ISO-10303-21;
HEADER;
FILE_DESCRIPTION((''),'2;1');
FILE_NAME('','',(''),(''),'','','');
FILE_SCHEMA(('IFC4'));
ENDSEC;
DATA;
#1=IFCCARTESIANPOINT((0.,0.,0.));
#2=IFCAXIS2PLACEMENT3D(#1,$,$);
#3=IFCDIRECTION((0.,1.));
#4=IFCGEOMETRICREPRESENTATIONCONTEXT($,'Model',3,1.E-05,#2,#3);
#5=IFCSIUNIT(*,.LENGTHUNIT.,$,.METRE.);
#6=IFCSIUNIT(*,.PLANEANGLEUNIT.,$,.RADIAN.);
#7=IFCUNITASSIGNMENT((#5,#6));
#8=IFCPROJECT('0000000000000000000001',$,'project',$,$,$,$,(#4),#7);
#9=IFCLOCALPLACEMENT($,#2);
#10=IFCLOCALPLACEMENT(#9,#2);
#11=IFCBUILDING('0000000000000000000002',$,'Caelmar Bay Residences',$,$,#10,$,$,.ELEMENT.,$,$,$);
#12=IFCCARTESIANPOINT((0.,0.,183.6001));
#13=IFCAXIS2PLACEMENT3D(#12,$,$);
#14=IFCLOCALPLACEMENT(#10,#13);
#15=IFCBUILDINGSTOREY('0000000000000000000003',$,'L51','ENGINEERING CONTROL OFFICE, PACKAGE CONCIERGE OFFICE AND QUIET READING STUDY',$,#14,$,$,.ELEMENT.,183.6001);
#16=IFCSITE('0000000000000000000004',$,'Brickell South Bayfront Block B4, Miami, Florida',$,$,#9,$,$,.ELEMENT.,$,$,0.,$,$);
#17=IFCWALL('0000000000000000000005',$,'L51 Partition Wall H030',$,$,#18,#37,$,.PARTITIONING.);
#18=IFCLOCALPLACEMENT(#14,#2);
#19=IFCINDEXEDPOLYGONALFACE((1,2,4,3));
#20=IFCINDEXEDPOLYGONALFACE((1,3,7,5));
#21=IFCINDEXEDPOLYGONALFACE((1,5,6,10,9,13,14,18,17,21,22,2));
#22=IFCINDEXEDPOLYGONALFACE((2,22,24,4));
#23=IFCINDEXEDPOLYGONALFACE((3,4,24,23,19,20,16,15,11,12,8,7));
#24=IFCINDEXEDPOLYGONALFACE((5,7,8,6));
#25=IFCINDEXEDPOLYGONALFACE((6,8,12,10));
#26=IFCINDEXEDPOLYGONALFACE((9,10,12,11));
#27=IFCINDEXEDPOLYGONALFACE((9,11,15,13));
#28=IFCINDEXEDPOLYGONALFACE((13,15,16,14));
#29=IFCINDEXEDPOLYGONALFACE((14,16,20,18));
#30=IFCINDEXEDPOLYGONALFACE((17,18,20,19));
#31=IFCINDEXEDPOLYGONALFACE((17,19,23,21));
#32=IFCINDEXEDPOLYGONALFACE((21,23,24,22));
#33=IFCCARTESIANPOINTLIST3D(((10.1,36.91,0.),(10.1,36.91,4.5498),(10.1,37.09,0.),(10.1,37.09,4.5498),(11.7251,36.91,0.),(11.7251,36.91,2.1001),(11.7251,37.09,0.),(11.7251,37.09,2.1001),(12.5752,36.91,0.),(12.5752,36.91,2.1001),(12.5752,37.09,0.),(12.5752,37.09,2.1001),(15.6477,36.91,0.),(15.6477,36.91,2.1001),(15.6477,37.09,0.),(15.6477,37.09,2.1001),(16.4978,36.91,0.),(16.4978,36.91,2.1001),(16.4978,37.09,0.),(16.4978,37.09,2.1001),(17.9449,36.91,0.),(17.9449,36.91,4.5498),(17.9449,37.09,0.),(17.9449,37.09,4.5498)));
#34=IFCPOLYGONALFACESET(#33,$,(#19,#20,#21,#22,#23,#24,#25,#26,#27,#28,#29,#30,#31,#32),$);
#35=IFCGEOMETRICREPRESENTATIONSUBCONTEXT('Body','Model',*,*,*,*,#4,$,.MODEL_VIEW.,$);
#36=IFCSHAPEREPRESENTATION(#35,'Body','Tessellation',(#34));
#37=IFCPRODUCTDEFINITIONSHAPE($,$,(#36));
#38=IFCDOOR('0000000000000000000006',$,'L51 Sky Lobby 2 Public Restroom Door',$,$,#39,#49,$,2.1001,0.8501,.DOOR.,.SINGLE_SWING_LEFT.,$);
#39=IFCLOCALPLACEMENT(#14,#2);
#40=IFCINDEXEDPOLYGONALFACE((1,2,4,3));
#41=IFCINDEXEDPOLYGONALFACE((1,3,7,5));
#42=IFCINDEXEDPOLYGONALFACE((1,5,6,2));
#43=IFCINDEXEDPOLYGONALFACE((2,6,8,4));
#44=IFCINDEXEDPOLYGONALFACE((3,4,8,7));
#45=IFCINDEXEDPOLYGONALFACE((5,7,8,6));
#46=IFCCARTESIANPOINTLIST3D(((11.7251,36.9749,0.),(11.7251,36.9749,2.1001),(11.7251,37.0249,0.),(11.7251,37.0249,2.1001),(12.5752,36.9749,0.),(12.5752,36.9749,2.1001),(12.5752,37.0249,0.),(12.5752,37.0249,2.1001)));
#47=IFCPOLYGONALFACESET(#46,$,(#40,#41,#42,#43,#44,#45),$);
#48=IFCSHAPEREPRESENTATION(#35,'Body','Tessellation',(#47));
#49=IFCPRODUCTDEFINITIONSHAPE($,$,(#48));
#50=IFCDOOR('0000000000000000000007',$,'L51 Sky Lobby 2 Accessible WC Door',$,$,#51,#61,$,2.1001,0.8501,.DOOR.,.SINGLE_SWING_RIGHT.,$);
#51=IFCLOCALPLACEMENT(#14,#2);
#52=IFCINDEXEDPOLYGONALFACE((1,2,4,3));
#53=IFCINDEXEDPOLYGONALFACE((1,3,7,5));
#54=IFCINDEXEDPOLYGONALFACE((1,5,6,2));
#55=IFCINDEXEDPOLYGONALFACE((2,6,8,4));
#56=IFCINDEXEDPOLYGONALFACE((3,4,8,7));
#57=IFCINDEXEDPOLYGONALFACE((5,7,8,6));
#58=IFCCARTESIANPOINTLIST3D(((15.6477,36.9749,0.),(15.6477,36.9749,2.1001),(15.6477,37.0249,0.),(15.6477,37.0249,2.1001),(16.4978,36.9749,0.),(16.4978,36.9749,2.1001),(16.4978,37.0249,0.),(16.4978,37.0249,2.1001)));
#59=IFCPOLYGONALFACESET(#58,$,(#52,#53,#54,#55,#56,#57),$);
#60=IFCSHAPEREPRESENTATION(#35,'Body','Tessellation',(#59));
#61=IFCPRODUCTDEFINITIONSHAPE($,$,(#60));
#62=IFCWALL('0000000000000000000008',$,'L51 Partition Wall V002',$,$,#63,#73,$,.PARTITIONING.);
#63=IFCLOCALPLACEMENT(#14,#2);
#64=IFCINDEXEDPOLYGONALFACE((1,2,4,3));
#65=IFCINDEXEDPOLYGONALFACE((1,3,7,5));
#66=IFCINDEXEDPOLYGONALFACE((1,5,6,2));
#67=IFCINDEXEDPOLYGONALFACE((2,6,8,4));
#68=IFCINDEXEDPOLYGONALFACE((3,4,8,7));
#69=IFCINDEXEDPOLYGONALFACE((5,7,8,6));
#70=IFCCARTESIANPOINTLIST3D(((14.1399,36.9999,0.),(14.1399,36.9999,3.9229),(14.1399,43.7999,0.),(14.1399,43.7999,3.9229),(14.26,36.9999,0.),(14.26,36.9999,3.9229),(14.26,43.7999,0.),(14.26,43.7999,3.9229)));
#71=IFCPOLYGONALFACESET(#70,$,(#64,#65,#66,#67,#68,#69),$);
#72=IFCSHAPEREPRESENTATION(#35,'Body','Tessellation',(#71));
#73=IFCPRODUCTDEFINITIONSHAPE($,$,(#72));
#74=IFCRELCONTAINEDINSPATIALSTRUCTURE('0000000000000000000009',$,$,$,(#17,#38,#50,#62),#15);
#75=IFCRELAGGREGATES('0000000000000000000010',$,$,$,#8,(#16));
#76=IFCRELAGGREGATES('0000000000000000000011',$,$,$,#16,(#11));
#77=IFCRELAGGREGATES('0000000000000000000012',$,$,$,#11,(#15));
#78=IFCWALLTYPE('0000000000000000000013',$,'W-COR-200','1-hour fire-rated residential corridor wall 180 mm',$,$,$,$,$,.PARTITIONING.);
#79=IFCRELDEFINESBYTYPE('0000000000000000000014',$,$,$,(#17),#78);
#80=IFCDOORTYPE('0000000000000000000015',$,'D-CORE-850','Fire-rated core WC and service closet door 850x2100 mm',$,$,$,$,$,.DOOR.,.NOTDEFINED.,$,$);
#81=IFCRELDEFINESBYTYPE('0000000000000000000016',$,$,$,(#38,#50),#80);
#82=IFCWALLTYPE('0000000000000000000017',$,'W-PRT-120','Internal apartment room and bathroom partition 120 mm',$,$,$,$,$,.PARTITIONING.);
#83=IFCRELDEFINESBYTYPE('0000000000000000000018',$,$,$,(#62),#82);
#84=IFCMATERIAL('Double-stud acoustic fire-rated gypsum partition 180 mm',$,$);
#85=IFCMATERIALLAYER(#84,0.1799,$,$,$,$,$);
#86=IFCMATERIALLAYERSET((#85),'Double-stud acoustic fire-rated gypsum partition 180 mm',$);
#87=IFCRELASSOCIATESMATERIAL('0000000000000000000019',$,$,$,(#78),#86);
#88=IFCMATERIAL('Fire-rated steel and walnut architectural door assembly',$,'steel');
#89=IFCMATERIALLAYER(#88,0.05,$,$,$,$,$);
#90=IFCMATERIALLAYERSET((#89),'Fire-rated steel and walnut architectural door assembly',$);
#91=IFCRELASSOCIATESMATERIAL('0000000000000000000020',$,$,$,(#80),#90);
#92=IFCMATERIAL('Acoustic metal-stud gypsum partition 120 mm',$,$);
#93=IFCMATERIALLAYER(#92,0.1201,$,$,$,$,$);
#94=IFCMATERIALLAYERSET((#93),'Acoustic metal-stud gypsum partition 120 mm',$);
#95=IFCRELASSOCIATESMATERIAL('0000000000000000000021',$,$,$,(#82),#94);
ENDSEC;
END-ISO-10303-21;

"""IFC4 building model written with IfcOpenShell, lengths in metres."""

from ifc_helpers import new_model, si_unit, direction, frame, frame_2d, origin, place, context, subcontext, project, spatial, rectangle, extrude, material, layer, layer_set, type_object, element, fill, save


model = new_model("IFC4")

# Units and contexts
model_context = context("Model", 3, precision=1e-05, world=origin(), true_north=direction((0.0, 1.0)))
body_context = subcontext(model_context, "Body", "Model", "MODEL_VIEW")
ifc_project = project(units=[si_unit("LENGTHUNIT", "METRE"), si_unit("PLANEANGLEUNIT", "RADIAN")], contexts=[model_context])

# Site, building, storey
site_placement = place(None, origin())
site = spatial("IfcSite", under=ifc_project, at=site_placement, Name="Brickell South Bayfront Block B4, Miami, Florida", CompositionType="ELEMENT", RefElevation=0.0)
building_placement = place(site_placement, origin())
building = spatial("IfcBuilding", under=site, at=building_placement, Name="Caelmar Bay Residences", CompositionType="ELEMENT")
storey_placement = place(building_placement, frame((0.0, 0.0, 183.6001)))
storey = spatial("IfcBuildingStorey", under=building, at=storey_placement, Name="L51", Description="ENGINEERING CONTROL OFFICE, PACKAGE CONCIERGE OFFICE AND QUIET READING STUDY", CompositionType="ELEMENT", Elevation=183.6001)

# Shared definitions
ifc_material_1 = material(Name="Fire-rated steel and walnut architectural door assembly", Category="steel")

# Wall, openings, doors
ifc_material_2 = material(Name="Double-stud acoustic fire-rated gypsum partition 180 mm")
ifc_layer_1 = layer(ifc_material_2, 0.1799)
ifc_layer_set_1 = layer_set([ifc_layer_1], Name="Double-stud acoustic fire-rated gypsum partition 180 mm")
wall_type_1 = type_object("IfcWallType", Name="W-COR-200", Description="1-hour fire-rated residential corridor wall 180 mm", PredefinedType="PARTITIONING", material=ifc_layer_set_1)
wall_1_placement = place(storey_placement, frame((10.1001, 37.0, 0.0), z_axis=(0.0, 0.0, 1.0), x_axis=(1.0, 0.0, 0.0)))
wall_1 = element("IfcWall", 1, at=wall_1_placement, inside=storey, type_object=wall_type_1, Name="L51 Partition Wall H030", PredefinedType="PARTITIONING", context=body_context, shape_type="SweptSolid", body=[
    extrude(rectangle(XDim=7.845, YDim=0.1799, at=frame_2d((3.9224, 0.0))), origin(), (0.0, 0.0, 1.0), 4.5498),
])
opening_1_placement = place(wall_1_placement, frame((1.625, 0.0, 0.0)))
opening_1 = element("IfcOpeningElement", 2, at=opening_1_placement, cuts=wall_1, PredefinedType="OPENING", context=body_context, shape_type="SweptSolid", body=[
    extrude(rectangle(XDim=0.8501, YDim=2.1001, at=frame_2d((0.425, 1.05))), frame((0.0, 0.0999, 0.0), z_axis=(0.0, -1.0, 0.0), x_axis=(1.0, 0.0, 0.0)), (0.0, 0.0, 1.0), 0.2),
])
opening_2_placement = place(wall_1_placement, frame((5.5476, 0.0, 0.0)))
opening_2 = element("IfcOpeningElement", 3, at=opening_2_placement, cuts=wall_1, PredefinedType="OPENING", context=body_context, shape_type="SweptSolid", body=[
    extrude(rectangle(XDim=0.8501, YDim=2.1001, at=frame_2d((0.425, 1.05))), frame((0.0, 0.0999, 0.0), z_axis=(0.0, -1.0, 0.0), x_axis=(1.0, 0.0, 0.0)), (0.0, 0.0, 1.0), 0.2),
])
ifc_layer_2 = layer(ifc_material_1, 0.05)
ifc_layer_set_2 = layer_set([ifc_layer_2], Name="Fire-rated steel and walnut architectural door assembly")
door_type_1 = type_object("IfcDoorType", Name="D-CORE-850", Description="Fire-rated core WC and service closet door 850x2100 mm", OperationType="NOTDEFINED", PredefinedType="DOOR", material=ifc_layer_set_2)
door_1_placement = place(opening_1_placement, origin())
door_1 = element("IfcDoor", 4, at=door_1_placement, inside=storey, type_object=door_type_1, Name="L51 Sky Lobby 2 Public Restroom Door", OperationType="SINGLE_SWING_LEFT", OverallHeight=2.1001, OverallWidth=0.8501, PredefinedType="DOOR", context=body_context, shape_type="SweptSolid", body=[
    extrude(rectangle(XDim=0.8501, YDim=2.1001, at=frame_2d((0.425, 1.05))), frame((0.0, 0.0249, 0.0), z_axis=(0.0, -1.0, 0.0), x_axis=(1.0, 0.0, 0.0)), (0.0, 0.0, 1.0), 0.05),
])
fill(opening_1, door_1)
door_2_placement = place(opening_2_placement, origin())
door_2 = element("IfcDoor", 5, at=door_2_placement, inside=storey, type_object=door_type_1, Name="L51 Sky Lobby 2 Accessible WC Door", OperationType="SINGLE_SWING_RIGHT", OverallHeight=2.1001, OverallWidth=0.8501, PredefinedType="DOOR", context=body_context, shape_type="SweptSolid", body=[
    extrude(rectangle(XDim=0.8501, YDim=2.1001, at=frame_2d((0.425, 1.05))), frame((0.0, 0.0249, 0.0), z_axis=(0.0, -1.0, 0.0), x_axis=(1.0, 0.0, 0.0)), (0.0, 0.0, 1.0), 0.05),
])
fill(opening_2, door_2)

# Wall
ifc_material_3 = material(Name="Acoustic metal-stud gypsum partition 120 mm")
ifc_layer_3 = layer(ifc_material_3, 0.1201)
ifc_layer_set_3 = layer_set([ifc_layer_3], Name="Acoustic metal-stud gypsum partition 120 mm")
wall_type_2 = type_object("IfcWallType", Name="W-PRT-120", Description="Internal apartment room and bathroom partition 120 mm", PredefinedType="PARTITIONING", material=ifc_layer_set_3)
wall_2_placement = place(storey_placement, frame((14.2, 37.0, 0.0), z_axis=(0.0, 0.0, 1.0), x_axis=(0.0, 1.0, 0.0)))
element("IfcWall", 6, at=wall_2_placement, inside=storey, type_object=wall_type_2, Name="L51 Partition Wall V002", PredefinedType="PARTITIONING", context=body_context, shape_type="SweptSolid", body=[
    extrude(rectangle(XDim=6.8, YDim=0.1201, at=frame_2d((3.3999, 0.0))), origin(), (0.0, 0.0, 1.0), 3.9229),
])

save(model, "model.ifc")
